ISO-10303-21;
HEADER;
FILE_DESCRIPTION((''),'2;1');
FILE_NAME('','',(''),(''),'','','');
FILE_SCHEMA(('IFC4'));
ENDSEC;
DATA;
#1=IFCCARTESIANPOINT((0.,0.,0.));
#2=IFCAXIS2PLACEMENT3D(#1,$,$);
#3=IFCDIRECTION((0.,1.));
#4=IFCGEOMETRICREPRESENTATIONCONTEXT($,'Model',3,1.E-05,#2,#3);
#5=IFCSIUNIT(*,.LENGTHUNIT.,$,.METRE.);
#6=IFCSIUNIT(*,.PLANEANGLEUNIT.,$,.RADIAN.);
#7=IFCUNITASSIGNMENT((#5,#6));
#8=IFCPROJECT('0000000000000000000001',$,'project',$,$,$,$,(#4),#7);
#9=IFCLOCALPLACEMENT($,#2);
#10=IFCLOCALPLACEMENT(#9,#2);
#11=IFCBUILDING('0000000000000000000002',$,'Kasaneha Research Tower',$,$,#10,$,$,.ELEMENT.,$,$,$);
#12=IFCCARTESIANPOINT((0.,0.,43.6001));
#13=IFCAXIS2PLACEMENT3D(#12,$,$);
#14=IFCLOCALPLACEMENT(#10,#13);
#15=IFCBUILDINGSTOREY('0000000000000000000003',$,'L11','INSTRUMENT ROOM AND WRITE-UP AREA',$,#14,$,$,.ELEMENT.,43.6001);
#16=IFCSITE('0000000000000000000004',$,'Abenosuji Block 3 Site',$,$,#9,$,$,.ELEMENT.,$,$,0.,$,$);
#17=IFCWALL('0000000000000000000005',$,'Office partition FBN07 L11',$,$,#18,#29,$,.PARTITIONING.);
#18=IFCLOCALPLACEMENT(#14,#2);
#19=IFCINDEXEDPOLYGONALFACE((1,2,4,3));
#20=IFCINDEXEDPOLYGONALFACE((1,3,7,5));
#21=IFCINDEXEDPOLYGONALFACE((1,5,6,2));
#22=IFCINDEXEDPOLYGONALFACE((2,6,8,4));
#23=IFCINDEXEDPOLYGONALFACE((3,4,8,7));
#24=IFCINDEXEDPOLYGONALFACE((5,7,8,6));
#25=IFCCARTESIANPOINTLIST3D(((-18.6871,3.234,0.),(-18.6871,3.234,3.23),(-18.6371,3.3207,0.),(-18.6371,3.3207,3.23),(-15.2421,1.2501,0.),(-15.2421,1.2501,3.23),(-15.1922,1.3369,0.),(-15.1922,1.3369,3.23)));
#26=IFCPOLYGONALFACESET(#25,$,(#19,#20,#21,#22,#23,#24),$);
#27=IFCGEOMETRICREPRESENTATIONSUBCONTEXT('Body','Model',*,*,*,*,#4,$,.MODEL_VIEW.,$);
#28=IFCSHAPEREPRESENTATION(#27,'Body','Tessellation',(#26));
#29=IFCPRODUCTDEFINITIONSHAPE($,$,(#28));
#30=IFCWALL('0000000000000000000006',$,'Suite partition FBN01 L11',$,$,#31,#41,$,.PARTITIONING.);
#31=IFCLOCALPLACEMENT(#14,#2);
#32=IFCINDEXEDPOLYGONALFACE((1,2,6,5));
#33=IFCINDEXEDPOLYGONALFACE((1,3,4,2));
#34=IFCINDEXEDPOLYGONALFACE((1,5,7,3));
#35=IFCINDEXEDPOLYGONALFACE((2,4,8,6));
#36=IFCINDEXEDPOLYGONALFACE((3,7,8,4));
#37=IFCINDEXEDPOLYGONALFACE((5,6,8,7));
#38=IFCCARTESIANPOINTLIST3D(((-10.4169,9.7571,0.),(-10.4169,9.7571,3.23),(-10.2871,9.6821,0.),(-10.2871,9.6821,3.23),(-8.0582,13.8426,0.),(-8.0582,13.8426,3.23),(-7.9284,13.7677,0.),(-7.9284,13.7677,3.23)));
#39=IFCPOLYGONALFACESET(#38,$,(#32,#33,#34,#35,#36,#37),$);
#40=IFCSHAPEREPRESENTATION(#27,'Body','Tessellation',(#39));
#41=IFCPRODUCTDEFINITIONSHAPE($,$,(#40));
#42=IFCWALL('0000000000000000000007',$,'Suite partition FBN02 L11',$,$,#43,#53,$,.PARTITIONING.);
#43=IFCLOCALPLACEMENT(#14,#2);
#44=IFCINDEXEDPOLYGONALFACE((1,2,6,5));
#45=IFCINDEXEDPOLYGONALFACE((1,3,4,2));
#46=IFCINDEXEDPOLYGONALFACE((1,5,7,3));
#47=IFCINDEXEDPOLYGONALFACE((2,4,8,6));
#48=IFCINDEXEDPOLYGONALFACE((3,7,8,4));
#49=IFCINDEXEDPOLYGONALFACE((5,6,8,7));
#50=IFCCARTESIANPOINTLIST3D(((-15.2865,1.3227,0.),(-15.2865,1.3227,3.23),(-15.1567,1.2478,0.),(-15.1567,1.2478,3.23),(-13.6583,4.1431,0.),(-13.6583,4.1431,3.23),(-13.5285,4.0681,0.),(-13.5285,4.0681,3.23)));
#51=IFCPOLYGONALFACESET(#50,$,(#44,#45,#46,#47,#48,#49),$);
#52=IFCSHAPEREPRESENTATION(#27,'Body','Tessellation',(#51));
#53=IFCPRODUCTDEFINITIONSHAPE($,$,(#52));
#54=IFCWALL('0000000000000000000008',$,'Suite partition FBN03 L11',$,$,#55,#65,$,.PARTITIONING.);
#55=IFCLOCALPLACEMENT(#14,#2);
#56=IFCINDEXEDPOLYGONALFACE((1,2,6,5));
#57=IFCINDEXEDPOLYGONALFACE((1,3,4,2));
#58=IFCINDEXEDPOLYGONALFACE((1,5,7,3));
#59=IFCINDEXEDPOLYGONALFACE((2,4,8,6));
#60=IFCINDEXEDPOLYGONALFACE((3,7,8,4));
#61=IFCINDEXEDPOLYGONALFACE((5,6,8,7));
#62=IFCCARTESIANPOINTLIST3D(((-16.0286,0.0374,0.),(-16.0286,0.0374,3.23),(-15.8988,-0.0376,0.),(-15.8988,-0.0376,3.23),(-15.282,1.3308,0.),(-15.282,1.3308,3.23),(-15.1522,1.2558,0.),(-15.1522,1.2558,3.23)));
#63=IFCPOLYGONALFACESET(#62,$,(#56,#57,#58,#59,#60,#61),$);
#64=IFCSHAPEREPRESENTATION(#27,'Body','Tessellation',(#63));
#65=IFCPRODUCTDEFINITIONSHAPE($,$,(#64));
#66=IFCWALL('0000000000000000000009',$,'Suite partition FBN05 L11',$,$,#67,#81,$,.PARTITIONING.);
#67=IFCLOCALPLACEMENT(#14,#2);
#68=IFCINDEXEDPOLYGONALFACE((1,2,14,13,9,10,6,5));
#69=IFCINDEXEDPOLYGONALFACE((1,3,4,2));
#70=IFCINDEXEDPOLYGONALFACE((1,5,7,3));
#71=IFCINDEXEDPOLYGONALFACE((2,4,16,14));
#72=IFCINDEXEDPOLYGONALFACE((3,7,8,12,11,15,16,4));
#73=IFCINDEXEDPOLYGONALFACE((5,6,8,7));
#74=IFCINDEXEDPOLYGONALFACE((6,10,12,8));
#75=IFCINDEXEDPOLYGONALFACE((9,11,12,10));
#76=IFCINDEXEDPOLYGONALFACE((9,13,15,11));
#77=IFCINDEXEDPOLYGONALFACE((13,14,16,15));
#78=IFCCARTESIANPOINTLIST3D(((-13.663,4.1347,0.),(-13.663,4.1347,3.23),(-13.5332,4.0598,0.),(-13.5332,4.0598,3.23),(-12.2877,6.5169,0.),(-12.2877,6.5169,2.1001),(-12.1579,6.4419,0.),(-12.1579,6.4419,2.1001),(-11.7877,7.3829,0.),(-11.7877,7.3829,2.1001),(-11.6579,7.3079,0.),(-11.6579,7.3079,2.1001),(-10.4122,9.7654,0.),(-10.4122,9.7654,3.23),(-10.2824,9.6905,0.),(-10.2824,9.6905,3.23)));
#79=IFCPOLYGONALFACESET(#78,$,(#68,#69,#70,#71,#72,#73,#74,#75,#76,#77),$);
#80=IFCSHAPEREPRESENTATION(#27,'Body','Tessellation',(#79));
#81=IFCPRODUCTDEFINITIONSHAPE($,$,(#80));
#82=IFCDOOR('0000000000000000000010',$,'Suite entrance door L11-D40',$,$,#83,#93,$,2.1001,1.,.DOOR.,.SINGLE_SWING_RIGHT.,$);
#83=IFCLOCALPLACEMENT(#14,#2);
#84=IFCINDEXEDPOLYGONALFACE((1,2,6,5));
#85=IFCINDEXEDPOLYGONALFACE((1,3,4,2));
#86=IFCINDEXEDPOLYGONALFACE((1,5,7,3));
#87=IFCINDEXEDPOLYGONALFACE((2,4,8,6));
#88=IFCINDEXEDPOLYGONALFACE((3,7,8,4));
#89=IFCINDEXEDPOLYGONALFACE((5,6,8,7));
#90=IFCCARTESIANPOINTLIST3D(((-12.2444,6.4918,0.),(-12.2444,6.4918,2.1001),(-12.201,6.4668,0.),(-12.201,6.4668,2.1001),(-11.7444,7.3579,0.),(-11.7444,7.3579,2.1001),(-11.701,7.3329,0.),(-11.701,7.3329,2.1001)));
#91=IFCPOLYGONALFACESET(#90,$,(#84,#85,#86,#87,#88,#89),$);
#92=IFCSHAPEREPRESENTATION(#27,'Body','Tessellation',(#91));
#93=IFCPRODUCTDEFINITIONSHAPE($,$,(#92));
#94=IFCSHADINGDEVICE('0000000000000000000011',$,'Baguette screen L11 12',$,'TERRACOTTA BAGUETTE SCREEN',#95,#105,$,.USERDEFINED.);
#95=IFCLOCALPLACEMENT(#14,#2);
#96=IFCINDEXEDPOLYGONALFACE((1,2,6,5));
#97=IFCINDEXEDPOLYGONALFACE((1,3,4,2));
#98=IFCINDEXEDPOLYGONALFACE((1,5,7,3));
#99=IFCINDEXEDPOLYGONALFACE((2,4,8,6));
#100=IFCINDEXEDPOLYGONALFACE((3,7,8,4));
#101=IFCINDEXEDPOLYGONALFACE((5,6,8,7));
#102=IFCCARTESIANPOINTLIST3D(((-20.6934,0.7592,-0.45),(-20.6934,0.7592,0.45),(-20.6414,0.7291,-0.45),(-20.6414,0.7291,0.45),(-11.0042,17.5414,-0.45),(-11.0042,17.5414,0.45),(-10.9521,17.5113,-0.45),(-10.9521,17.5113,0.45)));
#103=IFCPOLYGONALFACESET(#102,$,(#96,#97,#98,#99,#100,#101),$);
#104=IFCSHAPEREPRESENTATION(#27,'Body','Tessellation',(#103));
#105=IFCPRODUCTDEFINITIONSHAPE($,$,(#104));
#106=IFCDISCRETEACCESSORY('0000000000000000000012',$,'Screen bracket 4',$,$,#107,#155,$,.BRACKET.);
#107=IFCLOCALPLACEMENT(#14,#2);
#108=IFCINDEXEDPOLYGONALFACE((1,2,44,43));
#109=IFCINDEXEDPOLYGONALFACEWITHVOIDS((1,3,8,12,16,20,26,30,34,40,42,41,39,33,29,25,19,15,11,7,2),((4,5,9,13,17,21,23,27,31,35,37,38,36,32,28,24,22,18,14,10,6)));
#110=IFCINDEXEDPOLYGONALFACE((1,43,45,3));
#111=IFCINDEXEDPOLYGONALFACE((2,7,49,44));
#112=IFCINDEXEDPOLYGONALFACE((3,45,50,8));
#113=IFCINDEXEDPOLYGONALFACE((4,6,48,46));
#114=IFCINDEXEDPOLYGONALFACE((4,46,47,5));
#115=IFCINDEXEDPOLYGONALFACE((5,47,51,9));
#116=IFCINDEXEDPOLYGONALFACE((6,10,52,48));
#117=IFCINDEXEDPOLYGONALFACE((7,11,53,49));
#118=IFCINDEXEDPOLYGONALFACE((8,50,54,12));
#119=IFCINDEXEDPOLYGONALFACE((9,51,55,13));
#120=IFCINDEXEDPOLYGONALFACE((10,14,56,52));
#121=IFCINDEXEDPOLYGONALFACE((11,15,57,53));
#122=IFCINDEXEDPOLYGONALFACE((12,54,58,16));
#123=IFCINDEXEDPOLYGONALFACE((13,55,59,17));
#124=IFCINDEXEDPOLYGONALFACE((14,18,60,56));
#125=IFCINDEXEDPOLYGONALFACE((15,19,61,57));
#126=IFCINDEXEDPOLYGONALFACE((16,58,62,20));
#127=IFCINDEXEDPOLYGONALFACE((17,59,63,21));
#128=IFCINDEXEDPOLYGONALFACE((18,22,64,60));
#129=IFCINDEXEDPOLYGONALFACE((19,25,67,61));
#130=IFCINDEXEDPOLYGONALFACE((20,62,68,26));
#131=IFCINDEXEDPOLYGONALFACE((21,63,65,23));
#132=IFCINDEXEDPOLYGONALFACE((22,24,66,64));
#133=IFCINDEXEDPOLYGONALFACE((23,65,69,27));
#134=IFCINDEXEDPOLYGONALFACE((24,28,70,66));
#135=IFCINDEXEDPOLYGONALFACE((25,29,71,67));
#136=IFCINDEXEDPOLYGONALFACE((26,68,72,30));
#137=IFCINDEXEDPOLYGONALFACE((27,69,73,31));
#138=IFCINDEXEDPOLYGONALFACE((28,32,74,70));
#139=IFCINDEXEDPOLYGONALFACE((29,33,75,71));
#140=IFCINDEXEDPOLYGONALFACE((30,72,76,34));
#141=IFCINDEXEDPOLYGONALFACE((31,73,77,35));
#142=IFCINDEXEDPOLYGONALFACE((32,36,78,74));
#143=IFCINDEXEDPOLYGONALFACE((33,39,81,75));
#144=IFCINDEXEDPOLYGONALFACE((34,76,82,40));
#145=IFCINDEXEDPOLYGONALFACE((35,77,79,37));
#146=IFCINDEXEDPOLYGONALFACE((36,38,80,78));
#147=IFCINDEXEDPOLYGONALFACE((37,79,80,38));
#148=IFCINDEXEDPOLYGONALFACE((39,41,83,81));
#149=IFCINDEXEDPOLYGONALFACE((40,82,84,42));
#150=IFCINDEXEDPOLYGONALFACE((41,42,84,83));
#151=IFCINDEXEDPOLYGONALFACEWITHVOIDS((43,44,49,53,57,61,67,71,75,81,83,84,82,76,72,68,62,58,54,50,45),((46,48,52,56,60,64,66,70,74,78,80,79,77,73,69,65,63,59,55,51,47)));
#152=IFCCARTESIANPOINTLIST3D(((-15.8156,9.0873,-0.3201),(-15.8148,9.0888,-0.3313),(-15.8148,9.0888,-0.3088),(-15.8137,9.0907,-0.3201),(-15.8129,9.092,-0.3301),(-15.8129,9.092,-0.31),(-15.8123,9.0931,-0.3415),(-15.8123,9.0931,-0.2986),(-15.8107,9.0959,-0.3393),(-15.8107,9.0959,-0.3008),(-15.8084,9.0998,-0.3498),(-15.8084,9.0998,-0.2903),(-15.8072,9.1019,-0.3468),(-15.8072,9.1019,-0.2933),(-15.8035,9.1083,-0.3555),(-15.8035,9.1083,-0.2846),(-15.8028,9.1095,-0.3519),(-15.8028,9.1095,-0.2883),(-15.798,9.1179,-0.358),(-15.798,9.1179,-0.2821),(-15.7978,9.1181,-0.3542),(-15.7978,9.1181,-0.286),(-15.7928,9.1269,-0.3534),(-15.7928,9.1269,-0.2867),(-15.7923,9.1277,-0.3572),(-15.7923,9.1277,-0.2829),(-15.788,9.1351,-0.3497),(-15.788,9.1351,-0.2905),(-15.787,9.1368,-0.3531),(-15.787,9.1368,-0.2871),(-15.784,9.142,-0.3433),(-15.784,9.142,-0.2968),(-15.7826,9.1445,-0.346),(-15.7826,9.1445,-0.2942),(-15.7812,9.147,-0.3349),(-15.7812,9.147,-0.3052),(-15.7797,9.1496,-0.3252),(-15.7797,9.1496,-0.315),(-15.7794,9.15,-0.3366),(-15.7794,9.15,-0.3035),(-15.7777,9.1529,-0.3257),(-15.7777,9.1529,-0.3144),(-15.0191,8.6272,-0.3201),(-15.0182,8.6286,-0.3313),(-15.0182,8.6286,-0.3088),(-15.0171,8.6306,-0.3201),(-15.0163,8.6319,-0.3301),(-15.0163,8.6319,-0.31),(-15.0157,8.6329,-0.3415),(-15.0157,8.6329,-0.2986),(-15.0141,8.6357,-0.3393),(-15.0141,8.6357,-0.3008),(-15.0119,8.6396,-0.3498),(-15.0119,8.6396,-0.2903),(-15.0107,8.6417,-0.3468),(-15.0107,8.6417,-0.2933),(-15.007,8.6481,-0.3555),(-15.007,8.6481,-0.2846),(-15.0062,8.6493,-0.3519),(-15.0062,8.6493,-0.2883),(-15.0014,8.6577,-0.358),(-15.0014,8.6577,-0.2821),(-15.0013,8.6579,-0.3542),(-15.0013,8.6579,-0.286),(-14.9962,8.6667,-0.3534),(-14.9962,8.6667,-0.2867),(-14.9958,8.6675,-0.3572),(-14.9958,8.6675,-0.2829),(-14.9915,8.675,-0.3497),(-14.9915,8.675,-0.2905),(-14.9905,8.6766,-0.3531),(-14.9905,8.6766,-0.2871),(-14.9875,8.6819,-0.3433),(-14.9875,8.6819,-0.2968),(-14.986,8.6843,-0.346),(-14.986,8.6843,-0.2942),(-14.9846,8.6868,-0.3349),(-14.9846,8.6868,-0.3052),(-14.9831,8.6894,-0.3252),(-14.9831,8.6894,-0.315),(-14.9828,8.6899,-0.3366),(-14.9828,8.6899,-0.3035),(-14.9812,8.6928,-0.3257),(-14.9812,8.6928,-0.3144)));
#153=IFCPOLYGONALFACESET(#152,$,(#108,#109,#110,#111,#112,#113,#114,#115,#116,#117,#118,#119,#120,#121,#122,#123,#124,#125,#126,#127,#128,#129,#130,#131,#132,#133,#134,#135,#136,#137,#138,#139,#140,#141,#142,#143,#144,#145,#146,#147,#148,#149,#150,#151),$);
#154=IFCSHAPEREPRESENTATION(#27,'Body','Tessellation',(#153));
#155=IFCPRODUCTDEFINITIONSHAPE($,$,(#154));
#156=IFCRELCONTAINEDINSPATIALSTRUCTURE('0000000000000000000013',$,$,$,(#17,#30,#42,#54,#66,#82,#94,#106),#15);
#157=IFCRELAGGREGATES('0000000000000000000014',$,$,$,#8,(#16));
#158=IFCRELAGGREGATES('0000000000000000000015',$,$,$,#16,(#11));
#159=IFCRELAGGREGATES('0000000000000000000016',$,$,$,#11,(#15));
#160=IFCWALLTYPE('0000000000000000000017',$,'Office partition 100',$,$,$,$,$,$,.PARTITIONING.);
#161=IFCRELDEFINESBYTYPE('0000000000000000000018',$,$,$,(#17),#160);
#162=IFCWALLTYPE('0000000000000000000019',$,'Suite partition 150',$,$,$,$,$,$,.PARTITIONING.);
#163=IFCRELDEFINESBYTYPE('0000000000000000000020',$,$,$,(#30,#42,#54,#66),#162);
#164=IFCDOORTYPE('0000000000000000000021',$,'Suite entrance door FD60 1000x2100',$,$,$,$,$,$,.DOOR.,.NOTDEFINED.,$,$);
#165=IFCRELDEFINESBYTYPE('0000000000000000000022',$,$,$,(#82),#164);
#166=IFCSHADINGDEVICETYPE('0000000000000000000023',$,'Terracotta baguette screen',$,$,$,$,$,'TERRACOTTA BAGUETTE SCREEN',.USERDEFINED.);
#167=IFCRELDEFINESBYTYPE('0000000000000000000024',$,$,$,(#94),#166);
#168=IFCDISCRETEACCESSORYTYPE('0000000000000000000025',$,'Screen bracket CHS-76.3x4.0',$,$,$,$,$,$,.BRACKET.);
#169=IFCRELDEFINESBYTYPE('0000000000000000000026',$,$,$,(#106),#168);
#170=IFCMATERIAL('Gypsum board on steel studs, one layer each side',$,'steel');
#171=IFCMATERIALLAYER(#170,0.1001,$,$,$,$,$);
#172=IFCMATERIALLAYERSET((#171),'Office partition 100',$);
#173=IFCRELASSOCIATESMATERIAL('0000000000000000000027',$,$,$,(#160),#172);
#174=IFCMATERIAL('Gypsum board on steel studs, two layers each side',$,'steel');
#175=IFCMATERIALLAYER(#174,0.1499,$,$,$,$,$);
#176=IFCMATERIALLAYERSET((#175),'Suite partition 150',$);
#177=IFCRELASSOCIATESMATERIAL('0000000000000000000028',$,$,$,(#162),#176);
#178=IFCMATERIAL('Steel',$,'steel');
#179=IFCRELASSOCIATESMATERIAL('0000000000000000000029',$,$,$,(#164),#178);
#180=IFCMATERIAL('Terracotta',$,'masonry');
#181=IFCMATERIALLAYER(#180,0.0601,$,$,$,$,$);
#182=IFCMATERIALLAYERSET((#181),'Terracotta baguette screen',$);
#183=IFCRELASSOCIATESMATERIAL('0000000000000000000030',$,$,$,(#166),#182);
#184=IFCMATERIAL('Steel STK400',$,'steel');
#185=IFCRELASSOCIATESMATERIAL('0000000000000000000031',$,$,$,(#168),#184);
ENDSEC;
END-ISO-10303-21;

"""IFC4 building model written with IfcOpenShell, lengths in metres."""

from ifc_helpers import new_model, si_unit, direction, frame, frame_2d, origin, origin_2d, place, context, subcontext, project, spatial, rectangle, hollow_circle, extrude, material, layer, layer_set, material_profile, profile_set, type_object, element, fill, save


model = new_model("IFC4")

# Units and contexts
model_context = context("Model", 3, precision=1e-05, world=origin(), true_north=direction((0.0, 1.0)))
body_context = subcontext(model_context, "Body", "Model", "MODEL_VIEW")
ifc_project = project(units=[si_unit("LENGTHUNIT", "METRE"), si_unit("PLANEANGLEUNIT", "RADIAN")], contexts=[model_context])

# Site, building, storey
site_placement = place(None, origin())
site = spatial("IfcSite", under=ifc_project, at=site_placement, Name="Abenosuji Block 3 Site", CompositionType="ELEMENT", RefElevation=0.0)
building_placement = place(site_placement, origin())
building = spatial("IfcBuilding", under=site, at=building_placement, Name="Kasaneha Research Tower", CompositionType="ELEMENT")
storey_placement = place(building_placement, frame((0.0, 0.0, 43.6001)))
storey = spatial("IfcBuildingStorey", under=building, at=storey_placement, Name="L11", Description="INSTRUMENT ROOM AND WRITE-UP AREA", CompositionType="ELEMENT", Elevation=43.6001)

# Shared definitions
ifc_material_1 = material(Name="Gypsum board on steel studs, one layer each side", Category="steel")
ifc_layer_1 = layer(ifc_material_1, 0.1001)
ifc_layer_set_1 = layer_set([ifc_layer_1], Name="Office partition 100")
wall_type_1 = type_object("IfcWallType", Name="Office partition 100", PredefinedType="PARTITIONING", material=ifc_layer_set_1)

# Walls
wall_1_placement = place(storey_placement, frame((-15.217, 1.2935, 0.0), z_axis=(0.0, 0.0, 1.0), x_axis=(-0.866583, 0.499033, 0.0)))
element("IfcWall", 1, at=wall_1_placement, inside=storey, type_object=wall_type_1, Name="Office partition FBN07 L11", PredefinedType="PARTITIONING", context=body_context, shape_type="SweptSolid", body=[
    extrude(rectangle(XDim=3.9753, YDim=0.1001, at=frame_2d((1.9878, 0.0))), origin(), (0.0, 0.0, 1.0), 3.23),
])
ifc_material_2 = material(Name="Gypsum board on steel studs, two layers each side", Category="steel")
ifc_layer_2 = layer(ifc_material_2, 0.1499)
ifc_layer_set_2 = layer_set([ifc_layer_2], Name="Suite partition 150")
wall_type_2 = type_object("IfcWallType", Name="Suite partition 150", PredefinedType="PARTITIONING", material=ifc_layer_set_2)
wall_2_placement = place(storey_placement, frame((-10.3521, 9.7195, 0.0), z_axis=(0.0, 0.0, 1.0), x_axis=(0.499985, 0.866034, 0.0)))
element("IfcWall", 2, at=wall_2_placement, inside=storey, type_object=wall_type_2, Name="Suite partition FBN01 L11", PredefinedType="PARTITIONING", context=body_context, shape_type="SweptSolid", body=[
    extrude(rectangle(XDim=4.7175, YDim=0.1499, at=frame_2d((2.3589, 0.0))), origin(), (0.0, 0.0, 1.0), 3.23),
])
wall_3_placement = place(storey_placement, frame((-15.2217, 1.2852, 0.0), z_axis=(0.0, 0.0, 1.0), x_axis=(0.499969, 0.866043, 0.0)))
element("IfcWall", 3, at=wall_3_placement, inside=storey, type_object=wall_type_2, Name="Suite partition FBN02 L11", PredefinedType="PARTITIONING", context=body_context, shape_type="SweptSolid", body=[
    extrude(rectangle(XDim=3.2566, YDim=0.1499, at=frame_2d((1.6284, 0.0))), origin(), (0.0, 0.0, 1.0), 3.23),
])
wall_4_placement = place(storey_placement, frame((-15.9636, 0.0, 0.0), z_axis=(0.0, 0.0, 1.0), x_axis=(0.499902, 0.866082, 0.0)))
element("IfcWall", 4, at=wall_4_placement, inside=storey, type_object=wall_type_2, Name="Suite partition FBN03 L11", PredefinedType="PARTITIONING", context=body_context, shape_type="SweptSolid", body=[
    extrude(rectangle(XDim=1.4934, YDim=0.1499, at=frame_2d((0.7466, 0.0))), origin(), (0.0, 0.0, 1.0), 3.23),
])

# Wall, opening, door
wall_5_placement = place(storey_placement, frame((-13.5981, 4.0972, 0.0), z_axis=(0.0, 0.0, 1.0), x_axis=(0.499988, 0.866032, 0.0)))
wall_5 = element("IfcWall", 5, at=wall_5_placement, inside=storey, type_object=wall_type_2, Name="Suite partition FBN05 L11", PredefinedType="PARTITIONING", context=body_context, shape_type="SweptSolid", body=[
    extrude(rectangle(XDim=6.5017, YDim=0.1499, at=frame_2d((3.251, 0.0))), origin(), (0.0, 0.0, 1.0), 3.23),
])
opening_1_placement = place(wall_5_placement, frame((2.7507, 0.0, 0.0)))
opening_1 = element("IfcOpeningElement", 6, at=opening_1_placement, cuts=wall_5, PredefinedType="OPENING", context=body_context, shape_type="SweptSolid", body=[
    extrude(rectangle(XDim=1.0, YDim=2.1001, at=frame_2d((0.5, 1.05))), frame((0.0, 0.085, 0.0), z_axis=(0.0, -1.0, 0.0), x_axis=(1.0, 0.0, 0.0)), (0.0, 0.0, 1.0), 0.1699),
])
ifc_material_3 = material(Name="Steel", Category="steel")
door_type_1 = type_object("IfcDoorType", Name="Suite entrance door FD60 1000x2100", OperationType="NOTDEFINED", PredefinedType="DOOR", material=ifc_material_3)
door_1_placement = place(opening_1_placement, origin())
door_1 = element("IfcDoor", 7, at=door_1_placement, inside=storey, type_object=door_type_1, Name="Suite entrance door L11-D40", OperationType="SINGLE_SWING_RIGHT", OverallHeight=2.1001, OverallWidth=1.0, PredefinedType="DOOR", context=body_context, shape_type="SweptSolid", body=[
    extrude(rectangle(XDim=1.0, YDim=2.1001, at=frame_2d((0.5, 1.05))), frame((0.0, 0.0249, 0.0), z_axis=(0.0, -1.0, 0.0), x_axis=(1.0, 0.0, 0.0)), (0.0, 0.0, 1.0), 0.05),
])
fill(opening_1, door_1)

# Shading device
ifc_material_4 = material(Name="Terracotta", Category="masonry")
ifc_layer_3 = layer(ifc_material_4, 0.0601)
ifc_layer_set_3 = layer_set([ifc_layer_3], Name="Terracotta baguette screen")
shading_device_type = type_object("IfcShadingDeviceType", Name="Terracotta baguette screen", ElementType="TERRACOTTA BAGUETTE SCREEN", PredefinedType="USERDEFINED", material=ifc_layer_set_3)
shading_device_placement = place(storey_placement, frame((-15.8228, 9.1353, -0.45), z_axis=(0.0, 0.0, 1.0), x_axis=(-0.5, -0.866025, 0.0)))
element("IfcShadingDevice", 8, at=shading_device_placement, inside=storey, type_object=shading_device_type, Name="Baguette screen L11 12", ObjectType="TERRACOTTA BAGUETTE SCREEN", PredefinedType="USERDEFINED", context=body_context, shape_type="SweptSolid", body=[
    extrude(rectangle(XDim=19.3784, YDim=0.0601, at=origin_2d()), origin(), (0.0, 0.0, 1.0), 0.8999),
])

# Discrete accessory
ifc_material_5 = material(Name="Steel STK400", Category="steel")
ifc_material_profile_1 = material_profile(ifc_material_5, hollow_circle(Radius=0.0381, WallThickness=0.0039, at=origin_2d()), Name="CHS-76.3x4.0")
ifc_profile_set_1 = profile_set([ifc_material_profile_1], Name="Steel STK400")
discrete_accessory_type = type_object("IfcDiscreteAccessoryType", Name="Screen bracket CHS-76.3x4.0", PredefinedType="BRACKET", material=ifc_profile_set_1)
discrete_accessory_placement = place(storey_placement, frame((-15.0, 8.6602, -0.3201), z_axis=(-0.865898, 0.50022, 0.0), x_axis=(-0.50022, -0.865898, 0.0)))
element("IfcDiscreteAccessory", 9, at=discrete_accessory_placement, inside=storey, type_object=discrete_accessory_type, Name="Screen bracket 4", PredefinedType="BRACKET", context=body_context, shape_type="SweptSolid", body=[
    extrude(hollow_circle(Radius=0.0381, WallThickness=0.0039, at=origin_2d()), origin(), (0.0, 0.0, 1.0), 0.9199),
])

save(model, "model.ifc")
